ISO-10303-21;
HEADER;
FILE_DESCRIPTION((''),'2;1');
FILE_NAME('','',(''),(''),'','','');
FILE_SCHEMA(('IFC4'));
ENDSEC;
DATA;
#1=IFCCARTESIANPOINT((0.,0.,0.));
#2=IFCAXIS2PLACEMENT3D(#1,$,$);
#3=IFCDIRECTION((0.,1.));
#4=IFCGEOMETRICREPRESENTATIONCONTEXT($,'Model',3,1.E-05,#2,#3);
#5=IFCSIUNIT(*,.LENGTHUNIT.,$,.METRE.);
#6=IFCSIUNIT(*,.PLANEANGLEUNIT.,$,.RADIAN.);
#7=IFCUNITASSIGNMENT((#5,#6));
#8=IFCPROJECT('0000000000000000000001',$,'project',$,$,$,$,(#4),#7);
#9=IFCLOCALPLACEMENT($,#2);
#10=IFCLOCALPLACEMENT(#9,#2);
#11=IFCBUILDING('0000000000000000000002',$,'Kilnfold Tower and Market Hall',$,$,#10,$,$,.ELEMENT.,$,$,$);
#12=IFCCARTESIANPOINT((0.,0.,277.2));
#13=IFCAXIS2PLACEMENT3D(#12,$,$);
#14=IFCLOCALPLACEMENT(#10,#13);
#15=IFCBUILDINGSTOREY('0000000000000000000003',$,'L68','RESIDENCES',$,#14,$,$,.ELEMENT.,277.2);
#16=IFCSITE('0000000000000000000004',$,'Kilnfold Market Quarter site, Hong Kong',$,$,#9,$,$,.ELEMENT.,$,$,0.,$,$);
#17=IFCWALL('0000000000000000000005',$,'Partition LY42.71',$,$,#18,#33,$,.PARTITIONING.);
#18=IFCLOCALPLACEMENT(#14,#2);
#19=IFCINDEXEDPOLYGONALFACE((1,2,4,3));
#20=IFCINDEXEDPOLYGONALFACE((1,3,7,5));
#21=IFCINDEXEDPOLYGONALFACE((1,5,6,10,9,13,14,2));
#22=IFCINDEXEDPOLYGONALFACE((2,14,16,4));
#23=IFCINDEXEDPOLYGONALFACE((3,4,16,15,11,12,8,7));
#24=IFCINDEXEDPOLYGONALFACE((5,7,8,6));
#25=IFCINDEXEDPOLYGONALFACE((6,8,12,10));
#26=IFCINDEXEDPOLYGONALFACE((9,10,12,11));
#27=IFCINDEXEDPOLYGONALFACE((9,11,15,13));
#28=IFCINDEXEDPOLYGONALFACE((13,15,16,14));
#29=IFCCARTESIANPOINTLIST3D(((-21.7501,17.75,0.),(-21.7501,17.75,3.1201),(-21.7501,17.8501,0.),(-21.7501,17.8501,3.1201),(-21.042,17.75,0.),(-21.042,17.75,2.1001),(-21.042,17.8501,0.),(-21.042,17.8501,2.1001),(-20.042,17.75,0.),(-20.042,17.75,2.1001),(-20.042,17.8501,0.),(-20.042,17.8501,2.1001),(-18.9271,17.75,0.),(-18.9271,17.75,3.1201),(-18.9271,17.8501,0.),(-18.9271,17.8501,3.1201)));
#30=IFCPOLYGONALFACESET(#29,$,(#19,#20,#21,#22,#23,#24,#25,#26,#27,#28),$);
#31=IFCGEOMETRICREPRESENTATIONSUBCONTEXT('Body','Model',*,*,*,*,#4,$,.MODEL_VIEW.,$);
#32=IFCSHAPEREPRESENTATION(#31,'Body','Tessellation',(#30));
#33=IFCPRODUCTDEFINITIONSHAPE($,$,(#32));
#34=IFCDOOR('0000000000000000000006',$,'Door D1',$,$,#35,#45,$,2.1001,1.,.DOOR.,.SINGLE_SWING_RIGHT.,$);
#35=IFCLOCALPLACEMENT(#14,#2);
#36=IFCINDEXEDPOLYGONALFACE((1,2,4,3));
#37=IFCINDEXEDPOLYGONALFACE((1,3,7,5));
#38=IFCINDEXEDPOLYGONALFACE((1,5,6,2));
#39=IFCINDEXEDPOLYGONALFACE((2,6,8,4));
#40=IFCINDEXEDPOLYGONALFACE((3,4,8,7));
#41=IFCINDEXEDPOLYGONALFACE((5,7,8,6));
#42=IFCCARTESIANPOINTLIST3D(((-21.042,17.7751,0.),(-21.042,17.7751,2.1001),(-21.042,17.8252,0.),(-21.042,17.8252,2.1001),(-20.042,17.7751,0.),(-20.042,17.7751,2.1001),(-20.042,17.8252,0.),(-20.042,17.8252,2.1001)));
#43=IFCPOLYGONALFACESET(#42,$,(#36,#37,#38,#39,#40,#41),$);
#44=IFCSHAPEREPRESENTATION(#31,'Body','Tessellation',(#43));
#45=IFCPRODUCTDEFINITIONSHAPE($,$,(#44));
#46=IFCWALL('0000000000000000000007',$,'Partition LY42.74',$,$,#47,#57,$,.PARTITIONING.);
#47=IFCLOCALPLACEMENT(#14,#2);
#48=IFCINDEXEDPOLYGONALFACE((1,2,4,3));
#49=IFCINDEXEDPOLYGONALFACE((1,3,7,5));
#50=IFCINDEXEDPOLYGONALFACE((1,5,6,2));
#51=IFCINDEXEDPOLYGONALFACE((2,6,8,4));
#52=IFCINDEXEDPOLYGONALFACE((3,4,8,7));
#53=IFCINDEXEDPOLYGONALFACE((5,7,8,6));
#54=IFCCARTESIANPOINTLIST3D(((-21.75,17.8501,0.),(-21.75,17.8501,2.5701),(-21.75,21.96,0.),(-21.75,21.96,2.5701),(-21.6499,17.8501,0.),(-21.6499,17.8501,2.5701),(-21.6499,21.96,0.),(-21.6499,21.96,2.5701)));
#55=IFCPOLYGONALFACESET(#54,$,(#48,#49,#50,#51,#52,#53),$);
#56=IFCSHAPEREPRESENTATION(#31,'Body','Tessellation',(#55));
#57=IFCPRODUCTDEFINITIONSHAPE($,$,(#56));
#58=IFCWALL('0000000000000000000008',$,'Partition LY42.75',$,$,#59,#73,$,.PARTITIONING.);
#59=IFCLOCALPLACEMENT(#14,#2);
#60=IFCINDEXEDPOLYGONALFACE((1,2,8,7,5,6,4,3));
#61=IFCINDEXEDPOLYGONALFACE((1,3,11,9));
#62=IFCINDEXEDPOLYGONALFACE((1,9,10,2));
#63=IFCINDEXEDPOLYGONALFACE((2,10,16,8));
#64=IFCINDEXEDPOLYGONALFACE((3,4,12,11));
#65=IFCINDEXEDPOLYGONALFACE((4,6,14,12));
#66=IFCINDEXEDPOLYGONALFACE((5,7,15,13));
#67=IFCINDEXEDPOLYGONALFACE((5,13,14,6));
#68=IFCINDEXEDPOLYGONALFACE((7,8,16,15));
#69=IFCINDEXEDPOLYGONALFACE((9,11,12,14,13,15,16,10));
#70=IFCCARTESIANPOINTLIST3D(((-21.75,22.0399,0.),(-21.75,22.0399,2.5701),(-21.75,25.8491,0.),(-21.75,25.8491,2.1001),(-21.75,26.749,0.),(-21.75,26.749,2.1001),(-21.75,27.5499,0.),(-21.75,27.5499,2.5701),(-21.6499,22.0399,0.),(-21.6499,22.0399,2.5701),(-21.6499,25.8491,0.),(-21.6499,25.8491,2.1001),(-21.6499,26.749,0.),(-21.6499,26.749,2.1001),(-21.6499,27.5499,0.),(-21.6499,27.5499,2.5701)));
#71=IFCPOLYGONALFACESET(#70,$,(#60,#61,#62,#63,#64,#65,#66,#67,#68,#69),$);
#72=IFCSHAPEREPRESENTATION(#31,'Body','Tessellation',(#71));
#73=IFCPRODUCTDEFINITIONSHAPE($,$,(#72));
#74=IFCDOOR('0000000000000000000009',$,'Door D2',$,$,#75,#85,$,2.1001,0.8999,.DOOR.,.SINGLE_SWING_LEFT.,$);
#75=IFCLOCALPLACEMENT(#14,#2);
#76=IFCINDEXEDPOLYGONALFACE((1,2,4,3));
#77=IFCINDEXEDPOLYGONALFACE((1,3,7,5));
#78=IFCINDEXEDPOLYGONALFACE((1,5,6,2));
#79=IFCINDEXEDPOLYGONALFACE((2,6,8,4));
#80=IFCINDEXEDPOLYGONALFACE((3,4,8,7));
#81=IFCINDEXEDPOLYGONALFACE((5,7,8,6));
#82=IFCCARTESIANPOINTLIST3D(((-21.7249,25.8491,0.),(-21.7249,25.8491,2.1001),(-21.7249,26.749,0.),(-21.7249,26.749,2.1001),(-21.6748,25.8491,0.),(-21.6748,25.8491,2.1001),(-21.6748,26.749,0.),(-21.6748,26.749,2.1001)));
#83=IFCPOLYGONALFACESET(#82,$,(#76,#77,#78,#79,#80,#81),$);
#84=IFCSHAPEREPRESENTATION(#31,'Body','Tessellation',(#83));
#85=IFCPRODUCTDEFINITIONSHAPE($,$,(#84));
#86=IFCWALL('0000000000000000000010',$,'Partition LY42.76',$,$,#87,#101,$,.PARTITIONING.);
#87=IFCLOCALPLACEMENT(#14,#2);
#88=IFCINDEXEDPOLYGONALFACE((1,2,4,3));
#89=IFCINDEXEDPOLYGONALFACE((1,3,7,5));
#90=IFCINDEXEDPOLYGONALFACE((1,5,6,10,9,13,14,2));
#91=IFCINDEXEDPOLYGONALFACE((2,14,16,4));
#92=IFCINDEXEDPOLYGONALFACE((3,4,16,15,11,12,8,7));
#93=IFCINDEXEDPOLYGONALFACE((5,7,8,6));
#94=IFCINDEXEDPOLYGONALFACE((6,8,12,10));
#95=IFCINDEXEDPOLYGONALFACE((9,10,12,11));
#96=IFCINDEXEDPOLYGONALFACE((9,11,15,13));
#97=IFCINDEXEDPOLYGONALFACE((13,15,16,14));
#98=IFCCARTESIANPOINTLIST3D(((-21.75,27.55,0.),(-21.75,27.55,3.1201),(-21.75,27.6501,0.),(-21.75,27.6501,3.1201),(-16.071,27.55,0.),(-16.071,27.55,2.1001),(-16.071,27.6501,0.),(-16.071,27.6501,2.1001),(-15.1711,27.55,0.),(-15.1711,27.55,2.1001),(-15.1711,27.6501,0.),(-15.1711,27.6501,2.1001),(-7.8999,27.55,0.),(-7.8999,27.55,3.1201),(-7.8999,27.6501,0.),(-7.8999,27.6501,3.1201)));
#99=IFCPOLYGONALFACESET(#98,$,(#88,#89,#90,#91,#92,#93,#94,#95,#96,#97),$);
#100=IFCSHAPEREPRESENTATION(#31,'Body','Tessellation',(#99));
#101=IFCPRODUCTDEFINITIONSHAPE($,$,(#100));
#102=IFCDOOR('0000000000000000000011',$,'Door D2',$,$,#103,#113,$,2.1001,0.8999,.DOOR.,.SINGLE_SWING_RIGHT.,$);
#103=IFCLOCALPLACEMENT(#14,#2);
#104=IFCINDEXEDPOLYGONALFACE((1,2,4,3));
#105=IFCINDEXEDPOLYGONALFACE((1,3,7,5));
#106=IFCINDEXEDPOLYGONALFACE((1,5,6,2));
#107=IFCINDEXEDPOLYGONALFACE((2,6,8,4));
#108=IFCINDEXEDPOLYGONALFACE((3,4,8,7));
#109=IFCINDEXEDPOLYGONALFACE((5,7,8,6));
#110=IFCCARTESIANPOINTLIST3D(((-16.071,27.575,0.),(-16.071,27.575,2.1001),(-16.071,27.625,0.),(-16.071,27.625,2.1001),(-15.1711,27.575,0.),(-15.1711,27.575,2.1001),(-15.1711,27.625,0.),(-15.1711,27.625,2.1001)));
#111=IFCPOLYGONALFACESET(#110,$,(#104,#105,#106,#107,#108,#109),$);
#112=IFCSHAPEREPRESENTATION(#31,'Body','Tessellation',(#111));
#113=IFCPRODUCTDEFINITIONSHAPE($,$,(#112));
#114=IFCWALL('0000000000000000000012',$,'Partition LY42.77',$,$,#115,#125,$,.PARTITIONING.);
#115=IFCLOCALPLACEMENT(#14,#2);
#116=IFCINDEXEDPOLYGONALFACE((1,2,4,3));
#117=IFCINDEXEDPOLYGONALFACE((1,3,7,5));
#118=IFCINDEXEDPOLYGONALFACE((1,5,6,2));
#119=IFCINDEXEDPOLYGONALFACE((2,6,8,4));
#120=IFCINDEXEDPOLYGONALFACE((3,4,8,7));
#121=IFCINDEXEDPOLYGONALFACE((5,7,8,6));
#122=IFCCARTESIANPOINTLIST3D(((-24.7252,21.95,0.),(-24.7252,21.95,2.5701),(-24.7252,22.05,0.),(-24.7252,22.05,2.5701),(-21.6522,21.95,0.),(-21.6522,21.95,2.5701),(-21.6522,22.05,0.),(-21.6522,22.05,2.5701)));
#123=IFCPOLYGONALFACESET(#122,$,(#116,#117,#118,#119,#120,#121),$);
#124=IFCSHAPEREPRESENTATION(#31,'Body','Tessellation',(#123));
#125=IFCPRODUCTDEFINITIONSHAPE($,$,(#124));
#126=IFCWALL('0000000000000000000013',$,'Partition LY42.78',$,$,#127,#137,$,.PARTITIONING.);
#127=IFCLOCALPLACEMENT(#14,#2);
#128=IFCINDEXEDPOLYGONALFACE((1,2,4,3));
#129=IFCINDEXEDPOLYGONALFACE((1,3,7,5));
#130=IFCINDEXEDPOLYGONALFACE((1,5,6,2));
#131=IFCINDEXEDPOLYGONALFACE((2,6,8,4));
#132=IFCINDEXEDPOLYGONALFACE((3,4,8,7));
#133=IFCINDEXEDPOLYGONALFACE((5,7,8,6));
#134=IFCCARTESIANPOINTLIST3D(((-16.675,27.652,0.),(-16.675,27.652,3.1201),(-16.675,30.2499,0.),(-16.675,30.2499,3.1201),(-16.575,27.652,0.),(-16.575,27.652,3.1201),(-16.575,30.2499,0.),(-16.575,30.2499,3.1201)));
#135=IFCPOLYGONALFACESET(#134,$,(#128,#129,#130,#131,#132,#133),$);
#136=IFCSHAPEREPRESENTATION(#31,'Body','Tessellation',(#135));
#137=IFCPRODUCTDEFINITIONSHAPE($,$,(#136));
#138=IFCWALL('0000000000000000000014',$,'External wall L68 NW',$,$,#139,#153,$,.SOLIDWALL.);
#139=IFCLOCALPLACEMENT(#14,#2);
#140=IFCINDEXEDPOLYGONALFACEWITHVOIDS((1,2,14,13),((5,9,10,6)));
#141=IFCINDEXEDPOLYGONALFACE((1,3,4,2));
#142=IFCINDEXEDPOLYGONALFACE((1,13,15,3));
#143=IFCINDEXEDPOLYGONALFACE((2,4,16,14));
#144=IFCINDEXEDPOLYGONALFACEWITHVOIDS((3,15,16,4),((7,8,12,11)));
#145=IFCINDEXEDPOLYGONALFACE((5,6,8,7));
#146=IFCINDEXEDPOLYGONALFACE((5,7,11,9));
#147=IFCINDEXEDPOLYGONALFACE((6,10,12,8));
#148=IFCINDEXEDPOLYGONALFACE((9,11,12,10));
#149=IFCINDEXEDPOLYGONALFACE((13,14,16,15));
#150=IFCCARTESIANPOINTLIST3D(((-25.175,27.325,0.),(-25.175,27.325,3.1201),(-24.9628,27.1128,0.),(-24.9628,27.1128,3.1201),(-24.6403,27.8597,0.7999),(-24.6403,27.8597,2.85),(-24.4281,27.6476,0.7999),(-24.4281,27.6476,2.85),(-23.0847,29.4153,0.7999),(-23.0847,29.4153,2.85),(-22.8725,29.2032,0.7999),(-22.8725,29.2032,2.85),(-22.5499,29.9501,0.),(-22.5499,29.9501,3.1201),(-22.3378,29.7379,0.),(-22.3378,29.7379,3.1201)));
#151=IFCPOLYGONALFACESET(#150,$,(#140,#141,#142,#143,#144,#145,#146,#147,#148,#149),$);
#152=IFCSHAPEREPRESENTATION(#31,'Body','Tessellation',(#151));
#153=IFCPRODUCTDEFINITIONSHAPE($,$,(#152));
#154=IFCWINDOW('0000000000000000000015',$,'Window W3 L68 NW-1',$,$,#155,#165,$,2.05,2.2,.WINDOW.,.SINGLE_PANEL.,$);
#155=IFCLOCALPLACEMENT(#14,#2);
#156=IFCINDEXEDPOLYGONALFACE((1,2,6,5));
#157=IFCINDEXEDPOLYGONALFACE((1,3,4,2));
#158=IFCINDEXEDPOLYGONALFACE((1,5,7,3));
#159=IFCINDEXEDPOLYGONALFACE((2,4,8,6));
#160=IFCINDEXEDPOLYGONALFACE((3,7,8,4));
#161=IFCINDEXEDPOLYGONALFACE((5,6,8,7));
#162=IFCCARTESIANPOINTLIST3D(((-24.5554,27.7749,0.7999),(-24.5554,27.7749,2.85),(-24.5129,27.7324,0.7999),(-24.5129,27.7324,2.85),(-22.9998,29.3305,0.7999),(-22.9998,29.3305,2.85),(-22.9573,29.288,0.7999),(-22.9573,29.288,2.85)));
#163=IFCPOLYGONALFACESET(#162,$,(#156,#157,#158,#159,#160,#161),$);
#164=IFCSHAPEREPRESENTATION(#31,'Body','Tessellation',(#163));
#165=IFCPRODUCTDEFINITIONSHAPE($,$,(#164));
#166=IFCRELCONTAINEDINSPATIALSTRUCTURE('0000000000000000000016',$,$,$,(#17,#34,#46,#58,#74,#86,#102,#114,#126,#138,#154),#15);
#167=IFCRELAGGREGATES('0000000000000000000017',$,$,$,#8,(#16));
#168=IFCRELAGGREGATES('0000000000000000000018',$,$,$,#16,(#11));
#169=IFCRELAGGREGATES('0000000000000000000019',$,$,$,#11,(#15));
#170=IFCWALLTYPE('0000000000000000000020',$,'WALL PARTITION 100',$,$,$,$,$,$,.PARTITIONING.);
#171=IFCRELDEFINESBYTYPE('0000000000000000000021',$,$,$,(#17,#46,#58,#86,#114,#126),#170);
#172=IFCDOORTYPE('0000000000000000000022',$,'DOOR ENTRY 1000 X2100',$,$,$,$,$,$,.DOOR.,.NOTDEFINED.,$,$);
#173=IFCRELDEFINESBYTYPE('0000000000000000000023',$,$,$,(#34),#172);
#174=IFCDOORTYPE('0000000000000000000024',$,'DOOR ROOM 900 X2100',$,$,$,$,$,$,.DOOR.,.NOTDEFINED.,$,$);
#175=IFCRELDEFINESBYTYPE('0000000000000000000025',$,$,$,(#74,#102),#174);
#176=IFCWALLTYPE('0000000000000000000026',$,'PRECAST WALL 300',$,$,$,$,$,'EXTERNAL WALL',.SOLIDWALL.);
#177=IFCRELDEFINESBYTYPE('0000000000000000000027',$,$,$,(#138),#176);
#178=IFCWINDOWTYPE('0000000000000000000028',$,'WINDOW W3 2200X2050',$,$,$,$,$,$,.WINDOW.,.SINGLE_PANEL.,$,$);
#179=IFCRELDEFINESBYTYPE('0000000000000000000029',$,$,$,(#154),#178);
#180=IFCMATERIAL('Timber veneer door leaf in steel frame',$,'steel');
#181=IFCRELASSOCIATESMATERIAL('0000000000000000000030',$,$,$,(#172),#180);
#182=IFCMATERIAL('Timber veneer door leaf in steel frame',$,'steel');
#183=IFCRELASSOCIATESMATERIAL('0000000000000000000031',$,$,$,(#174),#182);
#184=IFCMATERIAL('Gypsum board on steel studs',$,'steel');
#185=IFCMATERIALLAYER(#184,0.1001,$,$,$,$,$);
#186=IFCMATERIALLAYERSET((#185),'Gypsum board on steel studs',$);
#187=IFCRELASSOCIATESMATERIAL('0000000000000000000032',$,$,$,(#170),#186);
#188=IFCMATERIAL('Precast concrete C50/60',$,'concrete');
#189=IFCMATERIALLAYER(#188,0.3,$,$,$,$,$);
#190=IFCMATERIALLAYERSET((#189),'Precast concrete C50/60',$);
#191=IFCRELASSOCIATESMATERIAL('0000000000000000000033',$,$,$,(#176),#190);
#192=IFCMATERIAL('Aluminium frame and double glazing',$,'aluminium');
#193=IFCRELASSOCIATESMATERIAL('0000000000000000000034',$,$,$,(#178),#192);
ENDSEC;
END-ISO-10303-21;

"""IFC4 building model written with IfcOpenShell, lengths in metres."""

from ifc_helpers import new_model, si_unit, direction, frame, frame_2d, origin, place, context, subcontext, project, spatial, rectangle, extrude, source, transform, mapped, material, layer, layer_set, type_object, element, fill, save


model = new_model("IFC4")

# Units and contexts
model_context = context("Model", 3, precision=1e-05, world=origin(), true_north=direction((0.0, 1.0)))
body_context = subcontext(model_context, "Body", "Model", "MODEL_VIEW")
ifc_project = project(units=[si_unit("LENGTHUNIT", "METRE"), si_unit("PLANEANGLEUNIT", "RADIAN")], contexts=[model_context])

# Site, building, storey
site_placement = place(None, origin())
site = spatial("IfcSite", under=ifc_project, at=site_placement, Name="Kilnfold Market Quarter site, Hong Kong", CompositionType="ELEMENT", RefElevation=0.0)
building_placement = place(site_placement, origin())
building = spatial("IfcBuilding", under=site, at=building_placement, Name="Kilnfold Tower and Market Hall", CompositionType="ELEMENT")
storey_placement = place(building_placement, frame((0.0, 0.0, 277.2)))
storey = spatial("IfcBuildingStorey", under=building, at=storey_placement, Name="L68", Description="RESIDENCES", CompositionType="ELEMENT", Elevation=277.2)

# Shared definitions
ifc_material_1 = material(Name="Timber veneer door leaf in steel frame", Category="steel")
door_type_1 = type_object("IfcDoorType", Name="DOOR ENTRY 1000 X2100", OperationType="NOTDEFINED", PredefinedType="DOOR", material=ifc_material_1)
ifc_material_2 = material(Name="Timber veneer door leaf in steel frame", Category="steel")
door_type_2 = type_object("IfcDoorType", Name="DOOR ROOM 900 X2100", OperationType="NOTDEFINED", PredefinedType="DOOR", material=ifc_material_2)

# Wall, opening, door
ifc_material_3 = material(Name="Gypsum board on steel studs", Category="steel")
ifc_layer_1 = layer(ifc_material_3, 0.1001)
ifc_layer_set_1 = layer_set([ifc_layer_1], Name="Gypsum board on steel studs")
wall_type_1 = type_object("IfcWallType", Name="WALL PARTITION 100", PredefinedType="PARTITIONING", material=ifc_layer_set_1)
wall_1_placement = place(storey_placement, frame((-18.927, 17.8, 0.0), z_axis=(0.0, 0.0, 1.0), x_axis=(-1.0, 0.0, 0.0)))
wall_1 = element("IfcWall", 1, at=wall_1_placement, inside=storey, type_object=wall_type_1, Name="Partition LY42.71", PredefinedType="PARTITIONING", context=body_context, shape_type="SweptSolid", body=[
    extrude(rectangle(XDim=2.823, YDim=0.1001, at=frame_2d((1.4116, 0.0))), origin(), (0.0, 0.0, 1.0), 3.1201),
])
opening_1_placement = place(wall_1_placement, frame((1.115, 0.0, 0.0)))
opening_1 = element("IfcOpeningElement", 2, at=opening_1_placement, cuts=wall_1, PredefinedType="OPENING", context=body_context, shape_type="SweptSolid", body=[
    extrude(rectangle(XDim=1.0, YDim=2.1001, at=frame_2d((0.5, 1.05))), frame((0.0, 0.0601, 0.0), z_axis=(0.0, -1.0, 0.0), x_axis=(1.0, 0.0, 0.0)), (0.0, 0.0, 1.0), 0.1201),
])
door_1_placement = place(opening_1_placement, origin())
door_1 = element("IfcDoor", 3, at=door_1_placement, inside=storey, type_object=door_type_1, Name="Door D1", OperationType="SINGLE_SWING_RIGHT", OverallHeight=2.1001, OverallWidth=1.0, PredefinedType="DOOR", context=body_context, shape_type="SweptSolid", body=[
    extrude(rectangle(XDim=1.0, YDim=2.1001, at=frame_2d((0.5, 1.05))), frame((0.0, 0.0249, 0.0), z_axis=(0.0, -1.0, 0.0), x_axis=(1.0, 0.0, 0.0)), (0.0, 0.0, 1.0), 0.05),
])
fill(opening_1, door_1)

# Wall
wall_2_placement = place(storey_placement, frame((-21.7, 17.8501, 0.0), z_axis=(0.0, 0.0, 1.0), x_axis=(0.0, 1.0, 0.0)))
element("IfcWall", 4, at=wall_2_placement, inside=storey, type_object=wall_type_1, Name="Partition LY42.74", PredefinedType="PARTITIONING", context=body_context, shape_type="SweptSolid", body=[
    extrude(rectangle(XDim=4.1099, YDim=0.1001, at=frame_2d((2.0549, 0.0))), origin(), (0.0, 0.0, 1.0), 2.5701),
])

# Walls, openings, doors
wall_3_placement = place(storey_placement, frame((-21.7, 22.04, 0.0), z_axis=(0.0, 0.0, 1.0), x_axis=(0.0, 1.0, 0.0)))
wall_3 = element("IfcWall", 5, at=wall_3_placement, inside=storey, type_object=wall_type_1, Name="Partition LY42.75", PredefinedType="PARTITIONING", context=body_context, shape_type="SweptSolid", body=[
    extrude(rectangle(XDim=5.51, YDim=0.1001, at=frame_2d((2.7549, 0.0))), origin(), (0.0, 0.0, 1.0), 2.5701),
])
opening_2_placement = place(wall_3_placement, frame((3.8091, 0.0, 0.0)))
opening_2 = element("IfcOpeningElement", 6, at=opening_2_placement, cuts=wall_3, PredefinedType="OPENING", context=body_context, shape_type="SweptSolid", body=[
    extrude(rectangle(XDim=0.8999, YDim=2.1001, at=frame_2d((0.45, 1.05))), frame((0.0, 0.0601, 0.0), z_axis=(0.0, -1.0, 0.0), x_axis=(1.0, 0.0, 0.0)), (0.0, 0.0, 1.0), 0.1201),
])
door_2_placement = place(opening_2_placement, origin())
door_2 = element("IfcDoor", 7, at=door_2_placement, inside=storey, type_object=door_type_2, Name="Door D2", OperationType="SINGLE_SWING_LEFT", OverallHeight=2.1001, OverallWidth=0.8999, PredefinedType="DOOR", context=body_context, shape_type="SweptSolid", body=[
    extrude(rectangle(XDim=0.8999, YDim=2.1001, at=frame_2d((0.45, 1.05))), frame((0.0, 0.0249, 0.0), z_axis=(0.0, -1.0, 0.0), x_axis=(1.0, 0.0, 0.0)), (0.0, 0.0, 1.0), 0.05),
])
fill(opening_2, door_2)
wall_4_placement = place(storey_placement, frame((-21.75, 27.6001, 0.0), z_axis=(0.0, 0.0, 1.0), x_axis=(1.0, 0.0, 0.0)))
wall_4 = element("IfcWall", 8, at=wall_4_placement, inside=storey, type_object=wall_type_1, Name="Partition LY42.76", PredefinedType="PARTITIONING", context=body_context, shape_type="SweptSolid", body=[
    extrude(rectangle(XDim=13.8501, YDim=0.1001, at=frame_2d((6.925, 0.0))), origin(), (0.0, 0.0, 1.0), 3.1201),
])
opening_3_placement = place(wall_4_placement, frame((5.679, 0.0, 0.0)))
opening_3 = element("IfcOpeningElement", 9, at=opening_3_placement, cuts=wall_4, PredefinedType="OPENING", context=body_context, shape_type="SweptSolid", body=[
    extrude(rectangle(XDim=0.8999, YDim=2.1001, at=frame_2d((0.45, 1.05))), frame((0.0, 0.0601, 0.0), z_axis=(0.0, -1.0, 0.0), x_axis=(1.0, 0.0, 0.0)), (0.0, 0.0, 1.0), 0.1201),
])
door_3_placement = place(opening_3_placement, origin())
door_3 = element("IfcDoor", 10, at=door_3_placement, inside=storey, type_object=door_type_2, Name="Door D2", OperationType="SINGLE_SWING_RIGHT", OverallHeight=2.1001, OverallWidth=0.8999, PredefinedType="DOOR", context=body_context, shape_type="SweptSolid", body=[
    extrude(rectangle(XDim=0.8999, YDim=2.1001, at=frame_2d((0.45, 1.05))), frame((0.0, 0.0249, 0.0), z_axis=(0.0, -1.0, 0.0), x_axis=(1.0, 0.0, 0.0)), (0.0, 0.0, 1.0), 0.05),
])
fill(opening_3, door_3)

# Walls
wall_5_placement = place(storey_placement, frame((-21.6521, 22.0, 0.0), z_axis=(0.0, 0.0, 1.0), x_axis=(-1.0, 0.0, 0.0)))
element("IfcWall", 11, at=wall_5_placement, inside=storey, type_object=wall_type_1, Name="Partition LY42.77", PredefinedType="PARTITIONING", context=body_context, shape_type="SweptSolid", body=[
    extrude(rectangle(XDim=3.073, YDim=0.1001, at=frame_2d((1.5366, 0.0))), origin(), (0.0, 0.0, 1.0), 2.5701),
])
wall_6_placement = place(storey_placement, frame((-16.625, 27.6521, 0.0), z_axis=(0.0, 0.0, 1.0), x_axis=(0.0, 1.0, 0.0)))
element("IfcWall", 12, at=wall_6_placement, inside=storey, type_object=wall_type_1, Name="Partition LY42.78", PredefinedType="PARTITIONING", context=body_context, shape_type="SweptSolid", body=[
    extrude(rectangle(XDim=2.5979, YDim=0.1001, at=frame_2d((1.2988, 0.0))), origin(), (0.0, 0.0, 1.0), 3.1201),
])

# Wall, opening, window
ifc_material_4 = material(Name="Precast concrete C50/60", Category="concrete")
ifc_layer_2 = layer(ifc_material_4, 0.3)
ifc_layer_set_2 = layer_set([ifc_layer_2], Name="Precast concrete C50/60")
wall_type_2 = type_object("IfcWallType", Name="PRECAST WALL 300", ElementType="EXTERNAL WALL", PredefinedType="SOLIDWALL", material=ifc_layer_set_2)
shared_shape_1 = source(origin(), body_context, "Body", "SweptSolid", [
    extrude(rectangle(XDim=3.7124, YDim=0.3, at=frame_2d((1.8562, 0.0))), origin(), (0.0, 0.0, 1.0), 3.1201),
])
wall_7_placement = place(storey_placement, frame((-22.4438, 29.844, 0.0), z_axis=(0.0, 0.0, 1.0), x_axis=(-0.707107, -0.707107, 0.0)))
wall_7 = element("IfcWall", 13, at=wall_7_placement, inside=storey, type_object=wall_type_2, Name="External wall L68 NW", PredefinedType="SOLIDWALL", context=body_context, shape_type="MappedRepresentation", body=[
    mapped(shared_shape_1, transform((0.0, 0.0, 0.0))),
])
opening_4_placement = place(wall_7_placement, frame((0.7561, 0.0, 0.8)))
opening_4 = element("IfcOpeningElement", 14, at=opening_4_placement, cuts=wall_7, PredefinedType="OPENING", context=body_context, shape_type="SweptSolid", body=[
    extrude(rectangle(XDim=2.2, YDim=2.05, at=frame_2d((1.1001, 1.0249))), frame((0.0, 0.1602, 0.0), z_axis=(0.0, -1.0, 0.0), x_axis=(1.0, 0.0, 0.0)), (0.0, 0.0, 1.0), 0.3201),
])
ifc_material_5 = material(Name="Aluminium frame and double glazing", Category="aluminium")
window_type = type_object("IfcWindowType", Name="WINDOW W3 2200X2050", PartitioningType="SINGLE_PANEL", PredefinedType="WINDOW", material=ifc_material_5)
window_1_placement = place(opening_4_placement, origin())
window_1 = element("IfcWindow", 15, at=window_1_placement, inside=storey, type_object=window_type, Name="Window W3 L68 NW-1", OverallHeight=2.05, OverallWidth=2.2, PartitioningType="SINGLE_PANEL", PredefinedType="WINDOW", context=body_context, shape_type="SweptSolid", body=[
    extrude(rectangle(XDim=2.2, YDim=2.05, at=frame_2d((1.1001, 1.0249))), frame((0.0, 0.03, 0.0), z_axis=(0.0, -1.0, 0.0), x_axis=(1.0, 0.0, 0.0)), (0.0, 0.0, 1.0), 0.0601),
])
fill(opening_4, window_1)

save(model, "model.ifc")
